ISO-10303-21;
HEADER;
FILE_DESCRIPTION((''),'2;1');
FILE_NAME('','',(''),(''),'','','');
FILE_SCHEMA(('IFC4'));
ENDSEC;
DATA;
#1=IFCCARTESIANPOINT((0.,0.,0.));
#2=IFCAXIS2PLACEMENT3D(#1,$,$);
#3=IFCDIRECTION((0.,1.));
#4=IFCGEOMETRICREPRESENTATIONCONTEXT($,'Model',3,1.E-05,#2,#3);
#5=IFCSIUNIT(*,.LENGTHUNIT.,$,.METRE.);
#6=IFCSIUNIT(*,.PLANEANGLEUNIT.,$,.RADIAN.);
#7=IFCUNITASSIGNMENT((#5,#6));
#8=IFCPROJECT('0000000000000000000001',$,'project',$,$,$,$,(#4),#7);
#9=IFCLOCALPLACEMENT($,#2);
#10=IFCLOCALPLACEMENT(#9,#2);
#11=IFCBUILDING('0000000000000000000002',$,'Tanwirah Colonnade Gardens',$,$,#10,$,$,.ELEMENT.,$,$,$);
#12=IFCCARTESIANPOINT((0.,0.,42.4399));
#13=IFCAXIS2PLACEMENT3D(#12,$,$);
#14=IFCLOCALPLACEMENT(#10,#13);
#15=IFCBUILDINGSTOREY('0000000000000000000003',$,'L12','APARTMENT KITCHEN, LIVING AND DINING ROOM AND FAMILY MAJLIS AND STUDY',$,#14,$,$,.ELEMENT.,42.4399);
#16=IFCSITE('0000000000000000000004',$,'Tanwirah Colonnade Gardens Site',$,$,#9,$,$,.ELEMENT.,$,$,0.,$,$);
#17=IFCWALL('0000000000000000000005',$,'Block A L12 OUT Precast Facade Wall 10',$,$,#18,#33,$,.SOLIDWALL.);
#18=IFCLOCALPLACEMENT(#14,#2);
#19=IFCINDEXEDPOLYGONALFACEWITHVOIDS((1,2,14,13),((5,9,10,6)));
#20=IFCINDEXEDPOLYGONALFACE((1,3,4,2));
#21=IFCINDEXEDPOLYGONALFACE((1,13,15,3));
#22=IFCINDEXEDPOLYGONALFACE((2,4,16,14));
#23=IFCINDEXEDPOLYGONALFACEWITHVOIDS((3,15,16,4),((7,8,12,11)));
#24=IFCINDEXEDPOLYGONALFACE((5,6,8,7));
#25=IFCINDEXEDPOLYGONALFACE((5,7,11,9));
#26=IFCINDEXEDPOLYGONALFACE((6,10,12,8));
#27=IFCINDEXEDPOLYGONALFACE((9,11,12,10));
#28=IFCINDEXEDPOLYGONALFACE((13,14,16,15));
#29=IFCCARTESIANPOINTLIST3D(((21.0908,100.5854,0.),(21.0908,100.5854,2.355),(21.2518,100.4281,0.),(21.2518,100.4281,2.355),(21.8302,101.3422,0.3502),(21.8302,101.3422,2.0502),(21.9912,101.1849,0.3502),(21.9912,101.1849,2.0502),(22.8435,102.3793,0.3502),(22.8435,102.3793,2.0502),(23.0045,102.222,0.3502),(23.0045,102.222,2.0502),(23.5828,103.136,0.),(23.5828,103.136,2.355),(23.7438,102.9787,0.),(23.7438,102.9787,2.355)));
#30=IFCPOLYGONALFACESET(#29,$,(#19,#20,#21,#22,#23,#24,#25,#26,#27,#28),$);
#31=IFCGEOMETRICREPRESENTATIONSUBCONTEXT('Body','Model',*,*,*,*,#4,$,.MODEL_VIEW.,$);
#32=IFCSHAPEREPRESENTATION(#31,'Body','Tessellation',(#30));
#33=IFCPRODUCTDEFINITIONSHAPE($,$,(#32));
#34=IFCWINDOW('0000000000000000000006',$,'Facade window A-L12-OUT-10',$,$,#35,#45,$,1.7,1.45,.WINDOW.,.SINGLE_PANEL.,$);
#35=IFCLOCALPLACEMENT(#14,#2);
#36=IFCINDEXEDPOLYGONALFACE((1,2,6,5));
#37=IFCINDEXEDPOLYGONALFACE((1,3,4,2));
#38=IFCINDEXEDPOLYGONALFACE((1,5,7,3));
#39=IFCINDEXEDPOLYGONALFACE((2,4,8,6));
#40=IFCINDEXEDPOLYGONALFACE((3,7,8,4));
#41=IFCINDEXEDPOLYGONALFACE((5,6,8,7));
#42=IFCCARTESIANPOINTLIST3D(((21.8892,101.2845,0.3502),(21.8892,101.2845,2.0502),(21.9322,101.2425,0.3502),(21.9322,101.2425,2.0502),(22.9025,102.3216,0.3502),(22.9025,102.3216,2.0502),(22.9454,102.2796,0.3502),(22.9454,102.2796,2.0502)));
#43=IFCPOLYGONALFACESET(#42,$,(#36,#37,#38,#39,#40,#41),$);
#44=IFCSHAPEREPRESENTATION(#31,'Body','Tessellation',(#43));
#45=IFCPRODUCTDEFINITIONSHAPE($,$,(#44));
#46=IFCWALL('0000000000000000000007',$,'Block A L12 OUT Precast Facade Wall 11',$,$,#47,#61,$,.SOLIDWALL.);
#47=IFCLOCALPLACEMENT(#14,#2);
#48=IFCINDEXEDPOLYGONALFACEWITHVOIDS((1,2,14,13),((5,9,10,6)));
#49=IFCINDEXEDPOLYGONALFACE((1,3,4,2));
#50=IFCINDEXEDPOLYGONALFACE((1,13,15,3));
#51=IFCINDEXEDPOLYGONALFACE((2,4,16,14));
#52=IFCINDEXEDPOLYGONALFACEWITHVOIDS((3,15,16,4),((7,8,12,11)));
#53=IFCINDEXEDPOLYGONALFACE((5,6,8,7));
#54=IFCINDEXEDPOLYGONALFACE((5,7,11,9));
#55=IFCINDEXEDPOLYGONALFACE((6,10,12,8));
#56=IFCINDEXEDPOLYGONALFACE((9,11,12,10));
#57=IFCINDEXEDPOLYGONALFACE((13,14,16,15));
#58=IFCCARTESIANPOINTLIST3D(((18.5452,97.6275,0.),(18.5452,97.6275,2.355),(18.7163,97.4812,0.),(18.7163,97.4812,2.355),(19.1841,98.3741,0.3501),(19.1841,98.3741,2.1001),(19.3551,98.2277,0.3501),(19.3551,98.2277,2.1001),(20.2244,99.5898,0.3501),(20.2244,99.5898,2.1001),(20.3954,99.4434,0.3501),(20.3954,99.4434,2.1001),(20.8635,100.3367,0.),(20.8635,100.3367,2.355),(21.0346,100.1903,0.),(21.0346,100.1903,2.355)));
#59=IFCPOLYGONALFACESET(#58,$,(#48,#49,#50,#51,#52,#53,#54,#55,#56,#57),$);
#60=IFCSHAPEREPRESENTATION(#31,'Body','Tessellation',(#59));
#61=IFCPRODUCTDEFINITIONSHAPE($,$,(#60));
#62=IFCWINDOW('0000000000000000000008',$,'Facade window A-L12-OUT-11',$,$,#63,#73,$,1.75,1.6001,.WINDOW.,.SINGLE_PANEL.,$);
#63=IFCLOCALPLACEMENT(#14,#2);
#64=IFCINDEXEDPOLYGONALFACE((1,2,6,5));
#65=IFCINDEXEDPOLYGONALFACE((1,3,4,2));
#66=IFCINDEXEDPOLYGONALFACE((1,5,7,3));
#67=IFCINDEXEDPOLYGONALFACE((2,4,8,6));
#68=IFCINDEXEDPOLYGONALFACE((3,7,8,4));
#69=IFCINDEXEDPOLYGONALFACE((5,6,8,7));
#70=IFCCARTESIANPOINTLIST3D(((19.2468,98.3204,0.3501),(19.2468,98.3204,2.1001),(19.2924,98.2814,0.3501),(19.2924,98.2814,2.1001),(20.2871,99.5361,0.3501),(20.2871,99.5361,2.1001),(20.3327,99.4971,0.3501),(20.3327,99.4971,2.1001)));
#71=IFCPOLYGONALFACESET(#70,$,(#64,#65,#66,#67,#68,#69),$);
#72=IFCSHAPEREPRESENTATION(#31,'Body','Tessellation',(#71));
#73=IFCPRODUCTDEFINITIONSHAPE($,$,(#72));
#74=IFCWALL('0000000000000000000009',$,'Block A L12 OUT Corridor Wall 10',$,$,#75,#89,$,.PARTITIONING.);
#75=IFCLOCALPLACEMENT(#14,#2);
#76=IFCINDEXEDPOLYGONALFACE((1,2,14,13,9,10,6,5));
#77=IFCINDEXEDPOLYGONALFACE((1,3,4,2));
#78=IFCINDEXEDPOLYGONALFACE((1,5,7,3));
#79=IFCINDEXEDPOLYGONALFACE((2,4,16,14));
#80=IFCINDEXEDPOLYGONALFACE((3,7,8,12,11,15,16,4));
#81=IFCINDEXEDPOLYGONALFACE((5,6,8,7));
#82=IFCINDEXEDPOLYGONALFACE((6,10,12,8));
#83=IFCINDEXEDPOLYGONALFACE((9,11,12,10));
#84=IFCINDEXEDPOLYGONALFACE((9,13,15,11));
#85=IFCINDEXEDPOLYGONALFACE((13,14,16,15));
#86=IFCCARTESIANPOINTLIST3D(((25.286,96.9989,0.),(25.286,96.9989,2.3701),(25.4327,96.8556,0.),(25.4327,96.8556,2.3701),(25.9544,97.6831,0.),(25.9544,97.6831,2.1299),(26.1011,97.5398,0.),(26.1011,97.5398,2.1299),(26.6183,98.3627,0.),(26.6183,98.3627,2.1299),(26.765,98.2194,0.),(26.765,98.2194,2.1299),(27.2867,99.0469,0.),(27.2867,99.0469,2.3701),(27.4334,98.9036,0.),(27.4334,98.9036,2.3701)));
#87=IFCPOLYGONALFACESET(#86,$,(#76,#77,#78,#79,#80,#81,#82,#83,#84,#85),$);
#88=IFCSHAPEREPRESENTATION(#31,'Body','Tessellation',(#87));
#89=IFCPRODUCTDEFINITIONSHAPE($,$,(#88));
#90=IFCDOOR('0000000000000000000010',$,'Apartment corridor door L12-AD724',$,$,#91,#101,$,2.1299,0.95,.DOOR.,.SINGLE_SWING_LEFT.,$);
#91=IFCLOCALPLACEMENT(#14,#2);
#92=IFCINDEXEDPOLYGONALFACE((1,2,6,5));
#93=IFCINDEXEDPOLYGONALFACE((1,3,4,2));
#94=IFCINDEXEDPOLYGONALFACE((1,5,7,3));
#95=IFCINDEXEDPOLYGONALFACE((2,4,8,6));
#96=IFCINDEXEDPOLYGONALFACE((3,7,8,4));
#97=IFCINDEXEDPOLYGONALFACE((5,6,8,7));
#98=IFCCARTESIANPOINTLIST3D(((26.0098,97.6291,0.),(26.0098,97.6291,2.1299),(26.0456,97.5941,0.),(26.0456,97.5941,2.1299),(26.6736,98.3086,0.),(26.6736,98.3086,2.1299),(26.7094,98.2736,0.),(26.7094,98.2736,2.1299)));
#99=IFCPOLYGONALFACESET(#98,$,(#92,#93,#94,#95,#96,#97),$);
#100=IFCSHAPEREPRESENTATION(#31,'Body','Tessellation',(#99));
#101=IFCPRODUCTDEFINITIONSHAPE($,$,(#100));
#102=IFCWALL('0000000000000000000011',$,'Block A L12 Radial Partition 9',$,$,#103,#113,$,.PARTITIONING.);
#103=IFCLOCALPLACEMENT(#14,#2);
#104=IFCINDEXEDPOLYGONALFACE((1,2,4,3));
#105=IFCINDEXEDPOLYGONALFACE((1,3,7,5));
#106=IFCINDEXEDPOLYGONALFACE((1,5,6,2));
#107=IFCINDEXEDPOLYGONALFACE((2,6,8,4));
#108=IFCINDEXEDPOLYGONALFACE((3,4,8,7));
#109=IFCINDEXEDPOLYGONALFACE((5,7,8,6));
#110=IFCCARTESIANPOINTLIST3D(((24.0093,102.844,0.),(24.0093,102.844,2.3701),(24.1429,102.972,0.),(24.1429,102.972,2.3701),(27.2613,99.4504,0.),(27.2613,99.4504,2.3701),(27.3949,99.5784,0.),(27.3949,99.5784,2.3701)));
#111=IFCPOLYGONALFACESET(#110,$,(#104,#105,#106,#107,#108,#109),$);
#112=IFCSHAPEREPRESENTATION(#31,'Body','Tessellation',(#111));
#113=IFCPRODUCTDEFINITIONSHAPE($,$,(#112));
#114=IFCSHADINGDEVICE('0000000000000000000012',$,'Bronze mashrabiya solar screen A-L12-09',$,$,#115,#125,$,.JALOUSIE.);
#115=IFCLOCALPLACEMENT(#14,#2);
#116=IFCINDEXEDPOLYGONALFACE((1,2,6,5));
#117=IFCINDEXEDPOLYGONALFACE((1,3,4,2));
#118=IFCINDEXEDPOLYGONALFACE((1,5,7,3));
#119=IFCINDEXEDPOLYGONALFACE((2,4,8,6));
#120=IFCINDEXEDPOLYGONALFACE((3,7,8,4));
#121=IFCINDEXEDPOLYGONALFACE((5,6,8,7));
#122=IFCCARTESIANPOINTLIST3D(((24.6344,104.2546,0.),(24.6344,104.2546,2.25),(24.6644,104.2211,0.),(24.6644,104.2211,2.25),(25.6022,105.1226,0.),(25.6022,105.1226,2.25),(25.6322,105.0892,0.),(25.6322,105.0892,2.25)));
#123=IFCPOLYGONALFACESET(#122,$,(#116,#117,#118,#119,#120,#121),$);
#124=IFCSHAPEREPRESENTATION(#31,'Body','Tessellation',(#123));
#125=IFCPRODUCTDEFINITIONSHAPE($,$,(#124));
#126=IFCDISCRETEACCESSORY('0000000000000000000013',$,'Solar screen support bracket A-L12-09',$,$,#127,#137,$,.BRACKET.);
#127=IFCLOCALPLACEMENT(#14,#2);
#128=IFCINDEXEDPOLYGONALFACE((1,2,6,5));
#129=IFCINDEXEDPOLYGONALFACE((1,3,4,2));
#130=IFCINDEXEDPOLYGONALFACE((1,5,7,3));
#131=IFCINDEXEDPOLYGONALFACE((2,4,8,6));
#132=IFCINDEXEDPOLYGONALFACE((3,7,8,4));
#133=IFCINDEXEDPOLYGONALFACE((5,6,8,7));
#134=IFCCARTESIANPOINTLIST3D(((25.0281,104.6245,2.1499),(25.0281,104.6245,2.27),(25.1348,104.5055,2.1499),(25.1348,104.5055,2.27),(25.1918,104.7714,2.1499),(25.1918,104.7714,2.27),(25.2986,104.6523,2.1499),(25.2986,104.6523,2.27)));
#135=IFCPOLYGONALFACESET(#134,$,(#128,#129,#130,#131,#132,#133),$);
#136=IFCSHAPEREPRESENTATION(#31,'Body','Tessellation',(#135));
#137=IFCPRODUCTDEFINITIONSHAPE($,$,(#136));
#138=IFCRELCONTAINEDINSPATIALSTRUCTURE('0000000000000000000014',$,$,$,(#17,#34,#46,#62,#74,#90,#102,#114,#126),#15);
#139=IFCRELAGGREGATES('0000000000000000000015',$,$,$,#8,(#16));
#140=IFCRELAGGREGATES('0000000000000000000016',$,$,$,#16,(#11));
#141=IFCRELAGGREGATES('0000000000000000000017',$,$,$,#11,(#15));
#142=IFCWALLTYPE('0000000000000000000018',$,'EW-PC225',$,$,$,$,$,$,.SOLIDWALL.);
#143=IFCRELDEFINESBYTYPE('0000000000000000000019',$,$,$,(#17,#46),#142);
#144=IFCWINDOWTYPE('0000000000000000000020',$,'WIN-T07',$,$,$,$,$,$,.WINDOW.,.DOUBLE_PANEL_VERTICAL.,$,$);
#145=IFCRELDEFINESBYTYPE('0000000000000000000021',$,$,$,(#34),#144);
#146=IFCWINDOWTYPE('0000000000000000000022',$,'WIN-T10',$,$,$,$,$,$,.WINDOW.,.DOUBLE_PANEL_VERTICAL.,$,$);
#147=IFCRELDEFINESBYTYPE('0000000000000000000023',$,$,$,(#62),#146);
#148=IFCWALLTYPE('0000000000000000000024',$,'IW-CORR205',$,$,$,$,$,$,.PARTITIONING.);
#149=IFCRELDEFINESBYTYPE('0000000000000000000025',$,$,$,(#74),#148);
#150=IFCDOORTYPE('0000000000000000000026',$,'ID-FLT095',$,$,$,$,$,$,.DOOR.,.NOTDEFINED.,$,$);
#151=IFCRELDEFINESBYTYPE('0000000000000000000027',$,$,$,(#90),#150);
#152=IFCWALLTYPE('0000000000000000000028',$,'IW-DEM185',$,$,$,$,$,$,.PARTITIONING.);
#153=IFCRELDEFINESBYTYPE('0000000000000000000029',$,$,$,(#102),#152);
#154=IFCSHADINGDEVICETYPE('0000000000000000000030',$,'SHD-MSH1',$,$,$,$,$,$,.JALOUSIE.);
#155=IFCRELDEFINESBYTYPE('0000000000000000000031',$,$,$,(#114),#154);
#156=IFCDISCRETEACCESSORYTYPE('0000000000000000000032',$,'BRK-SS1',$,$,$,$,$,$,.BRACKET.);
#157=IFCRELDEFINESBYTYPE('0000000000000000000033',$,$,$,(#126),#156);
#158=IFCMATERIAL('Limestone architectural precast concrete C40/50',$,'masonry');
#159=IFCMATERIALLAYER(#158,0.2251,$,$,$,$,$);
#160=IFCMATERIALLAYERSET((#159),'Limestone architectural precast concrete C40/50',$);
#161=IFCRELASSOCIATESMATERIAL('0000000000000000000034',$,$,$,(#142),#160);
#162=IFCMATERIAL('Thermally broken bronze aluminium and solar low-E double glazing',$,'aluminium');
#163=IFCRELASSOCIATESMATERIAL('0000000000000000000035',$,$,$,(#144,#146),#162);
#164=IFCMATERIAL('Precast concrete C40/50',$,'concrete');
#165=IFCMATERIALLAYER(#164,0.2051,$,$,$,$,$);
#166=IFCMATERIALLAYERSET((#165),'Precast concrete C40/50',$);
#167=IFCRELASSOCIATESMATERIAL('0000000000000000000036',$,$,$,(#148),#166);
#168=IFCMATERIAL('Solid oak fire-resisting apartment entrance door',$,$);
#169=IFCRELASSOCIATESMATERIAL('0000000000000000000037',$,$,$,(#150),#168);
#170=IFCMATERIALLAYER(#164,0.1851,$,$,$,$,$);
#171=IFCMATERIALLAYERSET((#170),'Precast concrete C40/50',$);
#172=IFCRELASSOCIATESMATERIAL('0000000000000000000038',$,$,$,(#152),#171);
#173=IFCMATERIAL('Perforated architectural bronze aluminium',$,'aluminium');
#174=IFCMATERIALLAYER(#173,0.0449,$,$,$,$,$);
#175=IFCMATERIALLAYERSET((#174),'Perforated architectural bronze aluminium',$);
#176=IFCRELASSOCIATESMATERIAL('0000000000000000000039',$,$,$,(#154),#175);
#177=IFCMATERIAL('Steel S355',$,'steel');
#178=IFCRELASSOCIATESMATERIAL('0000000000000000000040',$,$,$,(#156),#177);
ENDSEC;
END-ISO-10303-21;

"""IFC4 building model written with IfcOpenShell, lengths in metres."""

from ifc_helpers import new_model, si_unit, direction, frame, frame_2d, origin, origin_2d, place, context, subcontext, project, spatial, rectangle, extrude, material, layer, layer_set, type_object, element, fill, save


model = new_model("IFC4")

# Units and contexts
model_context = context("Model", 3, precision=1e-05, world=origin(), true_north=direction((0.0, 1.0)))
body_context = subcontext(model_context, "Body", "Model", "MODEL_VIEW")
ifc_project = project(units=[si_unit("LENGTHUNIT", "METRE"), si_unit("PLANEANGLEUNIT", "RADIAN")], contexts=[model_context])

# Site, building, storey
site_placement = place(None, origin())
site = spatial("IfcSite", under=ifc_project, at=site_placement, Name="Tanwirah Colonnade Gardens Site", CompositionType="ELEMENT", RefElevation=0.0)
building_placement = place(site_placement, origin())
building = spatial("IfcBuilding", under=site, at=building_placement, Name="Tanwirah Colonnade Gardens", CompositionType="ELEMENT")
storey_placement = place(building_placement, frame((0.0, 0.0, 42.4399)))
storey = spatial("IfcBuildingStorey", under=building, at=storey_placement, Name="L12", Description="APARTMENT KITCHEN, LIVING AND DINING ROOM AND FAMILY MAJLIS AND STUDY", CompositionType="ELEMENT", Elevation=42.4399)

# Shared definitions
ifc_material_1 = material(Name="Precast concrete C40/50", Category="concrete")

# Walls, openings, windows
ifc_material_2 = material(Name="Limestone architectural precast concrete C40/50", Category="masonry")
ifc_layer_1 = layer(ifc_material_2, 0.2251)
ifc_layer_set_1 = layer_set([ifc_layer_1], Name="Limestone architectural precast concrete C40/50")
wall_type_1 = type_object("IfcWallType", Name="EW-PC225", PredefinedType="SOLIDWALL", material=ifc_layer_set_1)
ifc_material_3 = material(Name="Thermally broken bronze aluminium and solar low-E double glazing", Category="aluminium")
wall_1_placement = place(storey_placement, frame((23.6633, 103.0574, 0.0), z_axis=(0.0, 0.0, 1.0), x_axis=(-0.698843, -0.715275, 0.0)))
wall_1 = element("IfcWall", 1, at=wall_1_placement, inside=storey, type_object=wall_type_1, Name="Block A L12 OUT Precast Facade Wall 10", PredefinedType="SOLIDWALL", context=body_context, shape_type="SweptSolid", body=[
    extrude(rectangle(XDim=3.5659, YDim=0.2251, at=frame_2d((1.783, 0.0))), origin(), (0.0, 0.0, 1.0), 2.355),
])
opening_1_placement = place(wall_1_placement, frame((1.0579, 0.0, 0.3501)))
opening_1 = element("IfcOpeningElement", 2, at=opening_1_placement, cuts=wall_1, PredefinedType="OPENING", context=body_context, shape_type="SweptSolid", body=[
    extrude(rectangle(XDim=1.45, YDim=1.7, at=frame_2d((0.7251, 0.8501))), frame((0.0, 0.1226, 0.0), z_axis=(0.0, -1.0, 0.0), x_axis=(1.0, 0.0, 0.0)), (0.0, 0.0, 1.0), 0.2451),
])
window_type_1 = type_object("IfcWindowType", Name="WIN-T07", PartitioningType="DOUBLE_PANEL_VERTICAL", PredefinedType="WINDOW", material=ifc_material_3)
window_1_placement = place(opening_1_placement, origin())
window_1 = element("IfcWindow", 3, at=window_1_placement, inside=storey, type_object=window_type_1, Name="Facade window A-L12-OUT-10", OverallHeight=1.7, OverallWidth=1.45, PartitioningType="SINGLE_PANEL", PredefinedType="WINDOW", context=body_context, shape_type="SweptSolid", body=[
    extrude(rectangle(XDim=1.45, YDim=1.7, at=frame_2d((0.7251, 0.8501))), frame((0.0, 0.03, 0.0), z_axis=(0.0, -1.0, 0.0), x_axis=(1.0, 0.0, 0.0)), (0.0, 0.0, 1.0), 0.0601),
])
fill(opening_1, window_1)
wall_2_placement = place(storey_placement, frame((20.949, 100.2634, 0.0), z_axis=(0.0, 0.0, 1.0), x_axis=(-0.650171, -0.759788, 0.0)))
wall_2 = element("IfcWall", 4, at=wall_2_placement, inside=storey, type_object=wall_type_1, Name="Block A L12 OUT Precast Facade Wall 11", PredefinedType="SOLIDWALL", context=body_context, shape_type="SweptSolid", body=[
    extrude(rectangle(XDim=3.5657, YDim=0.2251, at=frame_2d((1.7827, 0.0))), origin(), (0.0, 0.0, 1.0), 2.355),
])
opening_2_placement = place(wall_2_placement, frame((0.9829, 0.0, 0.3501)))
opening_2 = element("IfcOpeningElement", 5, at=opening_2_placement, cuts=wall_2, PredefinedType="OPENING", context=body_context, shape_type="SweptSolid", body=[
    extrude(rectangle(XDim=1.6001, YDim=1.75, at=frame_2d((0.8, 0.875))), frame((0.0, 0.1226, 0.0), z_axis=(0.0, -1.0, 0.0), x_axis=(1.0, 0.0, 0.0)), (0.0, 0.0, 1.0), 0.2451),
])
window_type_2 = type_object("IfcWindowType", Name="WIN-T10", PartitioningType="DOUBLE_PANEL_VERTICAL", PredefinedType="WINDOW", material=ifc_material_3)
window_2_placement = place(opening_2_placement, origin())
window_2 = element("IfcWindow", 6, at=window_2_placement, inside=storey, type_object=window_type_2, Name="Facade window A-L12-OUT-11", OverallHeight=1.75, OverallWidth=1.6001, PartitioningType="SINGLE_PANEL", PredefinedType="WINDOW", context=body_context, shape_type="SweptSolid", body=[
    extrude(rectangle(XDim=1.6001, YDim=1.75, at=frame_2d((0.8, 0.875))), frame((0.0, 0.03, 0.0), z_axis=(0.0, -1.0, 0.0), x_axis=(1.0, 0.0, 0.0)), (0.0, 0.0, 1.0), 0.0601),
])
fill(opening_2, window_2)

# Wall, opening, door
ifc_layer_2 = layer(ifc_material_1, 0.2051)
ifc_layer_set_2 = layer_set([ifc_layer_2], Name="Precast concrete C40/50")
wall_type_2 = type_object("IfcWallType", Name="IW-CORR205", PredefinedType="PARTITIONING", material=ifc_layer_set_2)
wall_3_placement = place(storey_placement, frame((27.3601, 98.9753, 0.0), z_axis=(0.0, 0.0, 1.0), x_axis=(-0.698787, -0.71533, 0.0)))
wall_3 = element("IfcWall", 7, at=wall_3_placement, inside=storey, type_object=wall_type_2, Name="Block A L12 OUT Corridor Wall 10", PredefinedType="PARTITIONING", context=body_context, shape_type="SweptSolid", body=[
    extrude(rectangle(XDim=2.863, YDim=0.2051, at=frame_2d((1.4316, 0.0))), origin(), (0.0, 0.0, 1.0), 2.3701),
])
opening_3_placement = place(wall_3_placement, frame((0.9565, 0.0, 0.0)))
opening_3 = element("IfcOpeningElement", 8, at=opening_3_placement, cuts=wall_3, PredefinedType="OPENING", context=body_context, shape_type="SweptSolid", body=[
    extrude(rectangle(XDim=0.95, YDim=2.1299, at=frame_2d((0.4751, 1.0649))), frame((0.0, 0.1125, 0.0), z_axis=(0.0, -1.0, 0.0), x_axis=(1.0, 0.0, 0.0)), (0.0, 0.0, 1.0), 0.2251),
])
ifc_material_4 = material(Name="Solid oak fire-resisting apartment entrance door")
door_type = type_object("IfcDoorType", Name="ID-FLT095", OperationType="NOTDEFINED", PredefinedType="DOOR", material=ifc_material_4)
door_placement = place(opening_3_placement, origin())
door = element("IfcDoor", 9, at=door_placement, inside=storey, type_object=door_type, Name="Apartment corridor door L12-AD724", OperationType="SINGLE_SWING_LEFT", OverallHeight=2.1299, OverallWidth=0.95, PredefinedType="DOOR", context=body_context, shape_type="SweptSolid", body=[
    extrude(rectangle(XDim=0.95, YDim=2.1299, at=frame_2d((0.4751, 1.0649))), frame((0.0, 0.0249, 0.0), z_axis=(0.0, -1.0, 0.0), x_axis=(1.0, 0.0, 0.0)), (0.0, 0.0, 1.0), 0.05),
])
fill(opening_3, door)

# Wall
ifc_layer_3 = layer(ifc_material_1, 0.1851)
ifc_layer_set_3 = layer_set([ifc_layer_3], Name="Precast concrete C40/50")
wall_type_3 = type_object("IfcWallType", Name="IW-DEM185", PredefinedType="PARTITIONING", material=ifc_layer_set_3)
wall_4_placement = place(storey_placement, frame((27.3281, 99.5144, 0.0), z_axis=(0.0, 0.0, 1.0), x_axis=(-0.691883, 0.72201, 0.0)))
element("IfcWall", 10, at=wall_4_placement, inside=storey, type_object=wall_type_3, Name="Block A L12 Radial Partition 9", PredefinedType="PARTITIONING", context=body_context, shape_type="SweptSolid", body=[
    extrude(rectangle(XDim=4.7002, YDim=0.1851, at=frame_2d((2.3501, 0.0))), origin(), (0.0, 0.0, 1.0), 2.3701),
])

# Shading device
ifc_material_5 = material(Name="Perforated architectural bronze aluminium", Category="aluminium")
ifc_layer_4 = layer(ifc_material_5, 0.0449)
ifc_layer_set_4 = layer_set([ifc_layer_4], Name="Perforated architectural bronze aluminium")
shading_device_type = type_object("IfcShadingDeviceType", Name="SHD-MSH1", PredefinedType="JALOUSIE", material=ifc_layer_set_4)
shading_device_placement = place(storey_placement, frame((25.1333, 104.6719, 0.0), z_axis=(0.0, 0.0, 1.0), x_axis=(-0.74444, -0.667689, 0.0)))
element("IfcShadingDevice", 11, at=shading_device_placement, inside=storey, type_object=shading_device_type, Name="Bronze mashrabiya solar screen A-L12-09", PredefinedType="JALOUSIE", context=body_context, shape_type="SweptSolid", body=[
    extrude(rectangle(XDim=1.3, YDim=0.0449, at=origin_2d()), origin(), (0.0, 0.0, 1.0), 2.25),
])

# Discrete accessory
ifc_material_6 = material(Name="Steel S355", Category="steel")
discrete_accessory_type = type_object("IfcDiscreteAccessoryType", Name="BRK-SS1", PredefinedType="BRACKET", material=ifc_material_6)
discrete_accessory_placement = place(storey_placement, frame((25.1633, 104.6384, 2.1499), z_axis=(0.0, 0.0, 1.0), x_axis=(-0.74444, -0.667689, 0.0)))
element("IfcDiscreteAccessory", 12, at=discrete_accessory_placement, inside=storey, type_object=discrete_accessory_type, Name="Solar screen support bracket A-L12-09", PredefinedType="BRACKET", context=body_context, shape_type="SweptSolid", body=[
    extrude(rectangle(XDim=0.22, YDim=0.1599, at=origin_2d()), origin(), (0.0, 0.0, 1.0), 0.1201),
])

save(model, "model.ifc")
